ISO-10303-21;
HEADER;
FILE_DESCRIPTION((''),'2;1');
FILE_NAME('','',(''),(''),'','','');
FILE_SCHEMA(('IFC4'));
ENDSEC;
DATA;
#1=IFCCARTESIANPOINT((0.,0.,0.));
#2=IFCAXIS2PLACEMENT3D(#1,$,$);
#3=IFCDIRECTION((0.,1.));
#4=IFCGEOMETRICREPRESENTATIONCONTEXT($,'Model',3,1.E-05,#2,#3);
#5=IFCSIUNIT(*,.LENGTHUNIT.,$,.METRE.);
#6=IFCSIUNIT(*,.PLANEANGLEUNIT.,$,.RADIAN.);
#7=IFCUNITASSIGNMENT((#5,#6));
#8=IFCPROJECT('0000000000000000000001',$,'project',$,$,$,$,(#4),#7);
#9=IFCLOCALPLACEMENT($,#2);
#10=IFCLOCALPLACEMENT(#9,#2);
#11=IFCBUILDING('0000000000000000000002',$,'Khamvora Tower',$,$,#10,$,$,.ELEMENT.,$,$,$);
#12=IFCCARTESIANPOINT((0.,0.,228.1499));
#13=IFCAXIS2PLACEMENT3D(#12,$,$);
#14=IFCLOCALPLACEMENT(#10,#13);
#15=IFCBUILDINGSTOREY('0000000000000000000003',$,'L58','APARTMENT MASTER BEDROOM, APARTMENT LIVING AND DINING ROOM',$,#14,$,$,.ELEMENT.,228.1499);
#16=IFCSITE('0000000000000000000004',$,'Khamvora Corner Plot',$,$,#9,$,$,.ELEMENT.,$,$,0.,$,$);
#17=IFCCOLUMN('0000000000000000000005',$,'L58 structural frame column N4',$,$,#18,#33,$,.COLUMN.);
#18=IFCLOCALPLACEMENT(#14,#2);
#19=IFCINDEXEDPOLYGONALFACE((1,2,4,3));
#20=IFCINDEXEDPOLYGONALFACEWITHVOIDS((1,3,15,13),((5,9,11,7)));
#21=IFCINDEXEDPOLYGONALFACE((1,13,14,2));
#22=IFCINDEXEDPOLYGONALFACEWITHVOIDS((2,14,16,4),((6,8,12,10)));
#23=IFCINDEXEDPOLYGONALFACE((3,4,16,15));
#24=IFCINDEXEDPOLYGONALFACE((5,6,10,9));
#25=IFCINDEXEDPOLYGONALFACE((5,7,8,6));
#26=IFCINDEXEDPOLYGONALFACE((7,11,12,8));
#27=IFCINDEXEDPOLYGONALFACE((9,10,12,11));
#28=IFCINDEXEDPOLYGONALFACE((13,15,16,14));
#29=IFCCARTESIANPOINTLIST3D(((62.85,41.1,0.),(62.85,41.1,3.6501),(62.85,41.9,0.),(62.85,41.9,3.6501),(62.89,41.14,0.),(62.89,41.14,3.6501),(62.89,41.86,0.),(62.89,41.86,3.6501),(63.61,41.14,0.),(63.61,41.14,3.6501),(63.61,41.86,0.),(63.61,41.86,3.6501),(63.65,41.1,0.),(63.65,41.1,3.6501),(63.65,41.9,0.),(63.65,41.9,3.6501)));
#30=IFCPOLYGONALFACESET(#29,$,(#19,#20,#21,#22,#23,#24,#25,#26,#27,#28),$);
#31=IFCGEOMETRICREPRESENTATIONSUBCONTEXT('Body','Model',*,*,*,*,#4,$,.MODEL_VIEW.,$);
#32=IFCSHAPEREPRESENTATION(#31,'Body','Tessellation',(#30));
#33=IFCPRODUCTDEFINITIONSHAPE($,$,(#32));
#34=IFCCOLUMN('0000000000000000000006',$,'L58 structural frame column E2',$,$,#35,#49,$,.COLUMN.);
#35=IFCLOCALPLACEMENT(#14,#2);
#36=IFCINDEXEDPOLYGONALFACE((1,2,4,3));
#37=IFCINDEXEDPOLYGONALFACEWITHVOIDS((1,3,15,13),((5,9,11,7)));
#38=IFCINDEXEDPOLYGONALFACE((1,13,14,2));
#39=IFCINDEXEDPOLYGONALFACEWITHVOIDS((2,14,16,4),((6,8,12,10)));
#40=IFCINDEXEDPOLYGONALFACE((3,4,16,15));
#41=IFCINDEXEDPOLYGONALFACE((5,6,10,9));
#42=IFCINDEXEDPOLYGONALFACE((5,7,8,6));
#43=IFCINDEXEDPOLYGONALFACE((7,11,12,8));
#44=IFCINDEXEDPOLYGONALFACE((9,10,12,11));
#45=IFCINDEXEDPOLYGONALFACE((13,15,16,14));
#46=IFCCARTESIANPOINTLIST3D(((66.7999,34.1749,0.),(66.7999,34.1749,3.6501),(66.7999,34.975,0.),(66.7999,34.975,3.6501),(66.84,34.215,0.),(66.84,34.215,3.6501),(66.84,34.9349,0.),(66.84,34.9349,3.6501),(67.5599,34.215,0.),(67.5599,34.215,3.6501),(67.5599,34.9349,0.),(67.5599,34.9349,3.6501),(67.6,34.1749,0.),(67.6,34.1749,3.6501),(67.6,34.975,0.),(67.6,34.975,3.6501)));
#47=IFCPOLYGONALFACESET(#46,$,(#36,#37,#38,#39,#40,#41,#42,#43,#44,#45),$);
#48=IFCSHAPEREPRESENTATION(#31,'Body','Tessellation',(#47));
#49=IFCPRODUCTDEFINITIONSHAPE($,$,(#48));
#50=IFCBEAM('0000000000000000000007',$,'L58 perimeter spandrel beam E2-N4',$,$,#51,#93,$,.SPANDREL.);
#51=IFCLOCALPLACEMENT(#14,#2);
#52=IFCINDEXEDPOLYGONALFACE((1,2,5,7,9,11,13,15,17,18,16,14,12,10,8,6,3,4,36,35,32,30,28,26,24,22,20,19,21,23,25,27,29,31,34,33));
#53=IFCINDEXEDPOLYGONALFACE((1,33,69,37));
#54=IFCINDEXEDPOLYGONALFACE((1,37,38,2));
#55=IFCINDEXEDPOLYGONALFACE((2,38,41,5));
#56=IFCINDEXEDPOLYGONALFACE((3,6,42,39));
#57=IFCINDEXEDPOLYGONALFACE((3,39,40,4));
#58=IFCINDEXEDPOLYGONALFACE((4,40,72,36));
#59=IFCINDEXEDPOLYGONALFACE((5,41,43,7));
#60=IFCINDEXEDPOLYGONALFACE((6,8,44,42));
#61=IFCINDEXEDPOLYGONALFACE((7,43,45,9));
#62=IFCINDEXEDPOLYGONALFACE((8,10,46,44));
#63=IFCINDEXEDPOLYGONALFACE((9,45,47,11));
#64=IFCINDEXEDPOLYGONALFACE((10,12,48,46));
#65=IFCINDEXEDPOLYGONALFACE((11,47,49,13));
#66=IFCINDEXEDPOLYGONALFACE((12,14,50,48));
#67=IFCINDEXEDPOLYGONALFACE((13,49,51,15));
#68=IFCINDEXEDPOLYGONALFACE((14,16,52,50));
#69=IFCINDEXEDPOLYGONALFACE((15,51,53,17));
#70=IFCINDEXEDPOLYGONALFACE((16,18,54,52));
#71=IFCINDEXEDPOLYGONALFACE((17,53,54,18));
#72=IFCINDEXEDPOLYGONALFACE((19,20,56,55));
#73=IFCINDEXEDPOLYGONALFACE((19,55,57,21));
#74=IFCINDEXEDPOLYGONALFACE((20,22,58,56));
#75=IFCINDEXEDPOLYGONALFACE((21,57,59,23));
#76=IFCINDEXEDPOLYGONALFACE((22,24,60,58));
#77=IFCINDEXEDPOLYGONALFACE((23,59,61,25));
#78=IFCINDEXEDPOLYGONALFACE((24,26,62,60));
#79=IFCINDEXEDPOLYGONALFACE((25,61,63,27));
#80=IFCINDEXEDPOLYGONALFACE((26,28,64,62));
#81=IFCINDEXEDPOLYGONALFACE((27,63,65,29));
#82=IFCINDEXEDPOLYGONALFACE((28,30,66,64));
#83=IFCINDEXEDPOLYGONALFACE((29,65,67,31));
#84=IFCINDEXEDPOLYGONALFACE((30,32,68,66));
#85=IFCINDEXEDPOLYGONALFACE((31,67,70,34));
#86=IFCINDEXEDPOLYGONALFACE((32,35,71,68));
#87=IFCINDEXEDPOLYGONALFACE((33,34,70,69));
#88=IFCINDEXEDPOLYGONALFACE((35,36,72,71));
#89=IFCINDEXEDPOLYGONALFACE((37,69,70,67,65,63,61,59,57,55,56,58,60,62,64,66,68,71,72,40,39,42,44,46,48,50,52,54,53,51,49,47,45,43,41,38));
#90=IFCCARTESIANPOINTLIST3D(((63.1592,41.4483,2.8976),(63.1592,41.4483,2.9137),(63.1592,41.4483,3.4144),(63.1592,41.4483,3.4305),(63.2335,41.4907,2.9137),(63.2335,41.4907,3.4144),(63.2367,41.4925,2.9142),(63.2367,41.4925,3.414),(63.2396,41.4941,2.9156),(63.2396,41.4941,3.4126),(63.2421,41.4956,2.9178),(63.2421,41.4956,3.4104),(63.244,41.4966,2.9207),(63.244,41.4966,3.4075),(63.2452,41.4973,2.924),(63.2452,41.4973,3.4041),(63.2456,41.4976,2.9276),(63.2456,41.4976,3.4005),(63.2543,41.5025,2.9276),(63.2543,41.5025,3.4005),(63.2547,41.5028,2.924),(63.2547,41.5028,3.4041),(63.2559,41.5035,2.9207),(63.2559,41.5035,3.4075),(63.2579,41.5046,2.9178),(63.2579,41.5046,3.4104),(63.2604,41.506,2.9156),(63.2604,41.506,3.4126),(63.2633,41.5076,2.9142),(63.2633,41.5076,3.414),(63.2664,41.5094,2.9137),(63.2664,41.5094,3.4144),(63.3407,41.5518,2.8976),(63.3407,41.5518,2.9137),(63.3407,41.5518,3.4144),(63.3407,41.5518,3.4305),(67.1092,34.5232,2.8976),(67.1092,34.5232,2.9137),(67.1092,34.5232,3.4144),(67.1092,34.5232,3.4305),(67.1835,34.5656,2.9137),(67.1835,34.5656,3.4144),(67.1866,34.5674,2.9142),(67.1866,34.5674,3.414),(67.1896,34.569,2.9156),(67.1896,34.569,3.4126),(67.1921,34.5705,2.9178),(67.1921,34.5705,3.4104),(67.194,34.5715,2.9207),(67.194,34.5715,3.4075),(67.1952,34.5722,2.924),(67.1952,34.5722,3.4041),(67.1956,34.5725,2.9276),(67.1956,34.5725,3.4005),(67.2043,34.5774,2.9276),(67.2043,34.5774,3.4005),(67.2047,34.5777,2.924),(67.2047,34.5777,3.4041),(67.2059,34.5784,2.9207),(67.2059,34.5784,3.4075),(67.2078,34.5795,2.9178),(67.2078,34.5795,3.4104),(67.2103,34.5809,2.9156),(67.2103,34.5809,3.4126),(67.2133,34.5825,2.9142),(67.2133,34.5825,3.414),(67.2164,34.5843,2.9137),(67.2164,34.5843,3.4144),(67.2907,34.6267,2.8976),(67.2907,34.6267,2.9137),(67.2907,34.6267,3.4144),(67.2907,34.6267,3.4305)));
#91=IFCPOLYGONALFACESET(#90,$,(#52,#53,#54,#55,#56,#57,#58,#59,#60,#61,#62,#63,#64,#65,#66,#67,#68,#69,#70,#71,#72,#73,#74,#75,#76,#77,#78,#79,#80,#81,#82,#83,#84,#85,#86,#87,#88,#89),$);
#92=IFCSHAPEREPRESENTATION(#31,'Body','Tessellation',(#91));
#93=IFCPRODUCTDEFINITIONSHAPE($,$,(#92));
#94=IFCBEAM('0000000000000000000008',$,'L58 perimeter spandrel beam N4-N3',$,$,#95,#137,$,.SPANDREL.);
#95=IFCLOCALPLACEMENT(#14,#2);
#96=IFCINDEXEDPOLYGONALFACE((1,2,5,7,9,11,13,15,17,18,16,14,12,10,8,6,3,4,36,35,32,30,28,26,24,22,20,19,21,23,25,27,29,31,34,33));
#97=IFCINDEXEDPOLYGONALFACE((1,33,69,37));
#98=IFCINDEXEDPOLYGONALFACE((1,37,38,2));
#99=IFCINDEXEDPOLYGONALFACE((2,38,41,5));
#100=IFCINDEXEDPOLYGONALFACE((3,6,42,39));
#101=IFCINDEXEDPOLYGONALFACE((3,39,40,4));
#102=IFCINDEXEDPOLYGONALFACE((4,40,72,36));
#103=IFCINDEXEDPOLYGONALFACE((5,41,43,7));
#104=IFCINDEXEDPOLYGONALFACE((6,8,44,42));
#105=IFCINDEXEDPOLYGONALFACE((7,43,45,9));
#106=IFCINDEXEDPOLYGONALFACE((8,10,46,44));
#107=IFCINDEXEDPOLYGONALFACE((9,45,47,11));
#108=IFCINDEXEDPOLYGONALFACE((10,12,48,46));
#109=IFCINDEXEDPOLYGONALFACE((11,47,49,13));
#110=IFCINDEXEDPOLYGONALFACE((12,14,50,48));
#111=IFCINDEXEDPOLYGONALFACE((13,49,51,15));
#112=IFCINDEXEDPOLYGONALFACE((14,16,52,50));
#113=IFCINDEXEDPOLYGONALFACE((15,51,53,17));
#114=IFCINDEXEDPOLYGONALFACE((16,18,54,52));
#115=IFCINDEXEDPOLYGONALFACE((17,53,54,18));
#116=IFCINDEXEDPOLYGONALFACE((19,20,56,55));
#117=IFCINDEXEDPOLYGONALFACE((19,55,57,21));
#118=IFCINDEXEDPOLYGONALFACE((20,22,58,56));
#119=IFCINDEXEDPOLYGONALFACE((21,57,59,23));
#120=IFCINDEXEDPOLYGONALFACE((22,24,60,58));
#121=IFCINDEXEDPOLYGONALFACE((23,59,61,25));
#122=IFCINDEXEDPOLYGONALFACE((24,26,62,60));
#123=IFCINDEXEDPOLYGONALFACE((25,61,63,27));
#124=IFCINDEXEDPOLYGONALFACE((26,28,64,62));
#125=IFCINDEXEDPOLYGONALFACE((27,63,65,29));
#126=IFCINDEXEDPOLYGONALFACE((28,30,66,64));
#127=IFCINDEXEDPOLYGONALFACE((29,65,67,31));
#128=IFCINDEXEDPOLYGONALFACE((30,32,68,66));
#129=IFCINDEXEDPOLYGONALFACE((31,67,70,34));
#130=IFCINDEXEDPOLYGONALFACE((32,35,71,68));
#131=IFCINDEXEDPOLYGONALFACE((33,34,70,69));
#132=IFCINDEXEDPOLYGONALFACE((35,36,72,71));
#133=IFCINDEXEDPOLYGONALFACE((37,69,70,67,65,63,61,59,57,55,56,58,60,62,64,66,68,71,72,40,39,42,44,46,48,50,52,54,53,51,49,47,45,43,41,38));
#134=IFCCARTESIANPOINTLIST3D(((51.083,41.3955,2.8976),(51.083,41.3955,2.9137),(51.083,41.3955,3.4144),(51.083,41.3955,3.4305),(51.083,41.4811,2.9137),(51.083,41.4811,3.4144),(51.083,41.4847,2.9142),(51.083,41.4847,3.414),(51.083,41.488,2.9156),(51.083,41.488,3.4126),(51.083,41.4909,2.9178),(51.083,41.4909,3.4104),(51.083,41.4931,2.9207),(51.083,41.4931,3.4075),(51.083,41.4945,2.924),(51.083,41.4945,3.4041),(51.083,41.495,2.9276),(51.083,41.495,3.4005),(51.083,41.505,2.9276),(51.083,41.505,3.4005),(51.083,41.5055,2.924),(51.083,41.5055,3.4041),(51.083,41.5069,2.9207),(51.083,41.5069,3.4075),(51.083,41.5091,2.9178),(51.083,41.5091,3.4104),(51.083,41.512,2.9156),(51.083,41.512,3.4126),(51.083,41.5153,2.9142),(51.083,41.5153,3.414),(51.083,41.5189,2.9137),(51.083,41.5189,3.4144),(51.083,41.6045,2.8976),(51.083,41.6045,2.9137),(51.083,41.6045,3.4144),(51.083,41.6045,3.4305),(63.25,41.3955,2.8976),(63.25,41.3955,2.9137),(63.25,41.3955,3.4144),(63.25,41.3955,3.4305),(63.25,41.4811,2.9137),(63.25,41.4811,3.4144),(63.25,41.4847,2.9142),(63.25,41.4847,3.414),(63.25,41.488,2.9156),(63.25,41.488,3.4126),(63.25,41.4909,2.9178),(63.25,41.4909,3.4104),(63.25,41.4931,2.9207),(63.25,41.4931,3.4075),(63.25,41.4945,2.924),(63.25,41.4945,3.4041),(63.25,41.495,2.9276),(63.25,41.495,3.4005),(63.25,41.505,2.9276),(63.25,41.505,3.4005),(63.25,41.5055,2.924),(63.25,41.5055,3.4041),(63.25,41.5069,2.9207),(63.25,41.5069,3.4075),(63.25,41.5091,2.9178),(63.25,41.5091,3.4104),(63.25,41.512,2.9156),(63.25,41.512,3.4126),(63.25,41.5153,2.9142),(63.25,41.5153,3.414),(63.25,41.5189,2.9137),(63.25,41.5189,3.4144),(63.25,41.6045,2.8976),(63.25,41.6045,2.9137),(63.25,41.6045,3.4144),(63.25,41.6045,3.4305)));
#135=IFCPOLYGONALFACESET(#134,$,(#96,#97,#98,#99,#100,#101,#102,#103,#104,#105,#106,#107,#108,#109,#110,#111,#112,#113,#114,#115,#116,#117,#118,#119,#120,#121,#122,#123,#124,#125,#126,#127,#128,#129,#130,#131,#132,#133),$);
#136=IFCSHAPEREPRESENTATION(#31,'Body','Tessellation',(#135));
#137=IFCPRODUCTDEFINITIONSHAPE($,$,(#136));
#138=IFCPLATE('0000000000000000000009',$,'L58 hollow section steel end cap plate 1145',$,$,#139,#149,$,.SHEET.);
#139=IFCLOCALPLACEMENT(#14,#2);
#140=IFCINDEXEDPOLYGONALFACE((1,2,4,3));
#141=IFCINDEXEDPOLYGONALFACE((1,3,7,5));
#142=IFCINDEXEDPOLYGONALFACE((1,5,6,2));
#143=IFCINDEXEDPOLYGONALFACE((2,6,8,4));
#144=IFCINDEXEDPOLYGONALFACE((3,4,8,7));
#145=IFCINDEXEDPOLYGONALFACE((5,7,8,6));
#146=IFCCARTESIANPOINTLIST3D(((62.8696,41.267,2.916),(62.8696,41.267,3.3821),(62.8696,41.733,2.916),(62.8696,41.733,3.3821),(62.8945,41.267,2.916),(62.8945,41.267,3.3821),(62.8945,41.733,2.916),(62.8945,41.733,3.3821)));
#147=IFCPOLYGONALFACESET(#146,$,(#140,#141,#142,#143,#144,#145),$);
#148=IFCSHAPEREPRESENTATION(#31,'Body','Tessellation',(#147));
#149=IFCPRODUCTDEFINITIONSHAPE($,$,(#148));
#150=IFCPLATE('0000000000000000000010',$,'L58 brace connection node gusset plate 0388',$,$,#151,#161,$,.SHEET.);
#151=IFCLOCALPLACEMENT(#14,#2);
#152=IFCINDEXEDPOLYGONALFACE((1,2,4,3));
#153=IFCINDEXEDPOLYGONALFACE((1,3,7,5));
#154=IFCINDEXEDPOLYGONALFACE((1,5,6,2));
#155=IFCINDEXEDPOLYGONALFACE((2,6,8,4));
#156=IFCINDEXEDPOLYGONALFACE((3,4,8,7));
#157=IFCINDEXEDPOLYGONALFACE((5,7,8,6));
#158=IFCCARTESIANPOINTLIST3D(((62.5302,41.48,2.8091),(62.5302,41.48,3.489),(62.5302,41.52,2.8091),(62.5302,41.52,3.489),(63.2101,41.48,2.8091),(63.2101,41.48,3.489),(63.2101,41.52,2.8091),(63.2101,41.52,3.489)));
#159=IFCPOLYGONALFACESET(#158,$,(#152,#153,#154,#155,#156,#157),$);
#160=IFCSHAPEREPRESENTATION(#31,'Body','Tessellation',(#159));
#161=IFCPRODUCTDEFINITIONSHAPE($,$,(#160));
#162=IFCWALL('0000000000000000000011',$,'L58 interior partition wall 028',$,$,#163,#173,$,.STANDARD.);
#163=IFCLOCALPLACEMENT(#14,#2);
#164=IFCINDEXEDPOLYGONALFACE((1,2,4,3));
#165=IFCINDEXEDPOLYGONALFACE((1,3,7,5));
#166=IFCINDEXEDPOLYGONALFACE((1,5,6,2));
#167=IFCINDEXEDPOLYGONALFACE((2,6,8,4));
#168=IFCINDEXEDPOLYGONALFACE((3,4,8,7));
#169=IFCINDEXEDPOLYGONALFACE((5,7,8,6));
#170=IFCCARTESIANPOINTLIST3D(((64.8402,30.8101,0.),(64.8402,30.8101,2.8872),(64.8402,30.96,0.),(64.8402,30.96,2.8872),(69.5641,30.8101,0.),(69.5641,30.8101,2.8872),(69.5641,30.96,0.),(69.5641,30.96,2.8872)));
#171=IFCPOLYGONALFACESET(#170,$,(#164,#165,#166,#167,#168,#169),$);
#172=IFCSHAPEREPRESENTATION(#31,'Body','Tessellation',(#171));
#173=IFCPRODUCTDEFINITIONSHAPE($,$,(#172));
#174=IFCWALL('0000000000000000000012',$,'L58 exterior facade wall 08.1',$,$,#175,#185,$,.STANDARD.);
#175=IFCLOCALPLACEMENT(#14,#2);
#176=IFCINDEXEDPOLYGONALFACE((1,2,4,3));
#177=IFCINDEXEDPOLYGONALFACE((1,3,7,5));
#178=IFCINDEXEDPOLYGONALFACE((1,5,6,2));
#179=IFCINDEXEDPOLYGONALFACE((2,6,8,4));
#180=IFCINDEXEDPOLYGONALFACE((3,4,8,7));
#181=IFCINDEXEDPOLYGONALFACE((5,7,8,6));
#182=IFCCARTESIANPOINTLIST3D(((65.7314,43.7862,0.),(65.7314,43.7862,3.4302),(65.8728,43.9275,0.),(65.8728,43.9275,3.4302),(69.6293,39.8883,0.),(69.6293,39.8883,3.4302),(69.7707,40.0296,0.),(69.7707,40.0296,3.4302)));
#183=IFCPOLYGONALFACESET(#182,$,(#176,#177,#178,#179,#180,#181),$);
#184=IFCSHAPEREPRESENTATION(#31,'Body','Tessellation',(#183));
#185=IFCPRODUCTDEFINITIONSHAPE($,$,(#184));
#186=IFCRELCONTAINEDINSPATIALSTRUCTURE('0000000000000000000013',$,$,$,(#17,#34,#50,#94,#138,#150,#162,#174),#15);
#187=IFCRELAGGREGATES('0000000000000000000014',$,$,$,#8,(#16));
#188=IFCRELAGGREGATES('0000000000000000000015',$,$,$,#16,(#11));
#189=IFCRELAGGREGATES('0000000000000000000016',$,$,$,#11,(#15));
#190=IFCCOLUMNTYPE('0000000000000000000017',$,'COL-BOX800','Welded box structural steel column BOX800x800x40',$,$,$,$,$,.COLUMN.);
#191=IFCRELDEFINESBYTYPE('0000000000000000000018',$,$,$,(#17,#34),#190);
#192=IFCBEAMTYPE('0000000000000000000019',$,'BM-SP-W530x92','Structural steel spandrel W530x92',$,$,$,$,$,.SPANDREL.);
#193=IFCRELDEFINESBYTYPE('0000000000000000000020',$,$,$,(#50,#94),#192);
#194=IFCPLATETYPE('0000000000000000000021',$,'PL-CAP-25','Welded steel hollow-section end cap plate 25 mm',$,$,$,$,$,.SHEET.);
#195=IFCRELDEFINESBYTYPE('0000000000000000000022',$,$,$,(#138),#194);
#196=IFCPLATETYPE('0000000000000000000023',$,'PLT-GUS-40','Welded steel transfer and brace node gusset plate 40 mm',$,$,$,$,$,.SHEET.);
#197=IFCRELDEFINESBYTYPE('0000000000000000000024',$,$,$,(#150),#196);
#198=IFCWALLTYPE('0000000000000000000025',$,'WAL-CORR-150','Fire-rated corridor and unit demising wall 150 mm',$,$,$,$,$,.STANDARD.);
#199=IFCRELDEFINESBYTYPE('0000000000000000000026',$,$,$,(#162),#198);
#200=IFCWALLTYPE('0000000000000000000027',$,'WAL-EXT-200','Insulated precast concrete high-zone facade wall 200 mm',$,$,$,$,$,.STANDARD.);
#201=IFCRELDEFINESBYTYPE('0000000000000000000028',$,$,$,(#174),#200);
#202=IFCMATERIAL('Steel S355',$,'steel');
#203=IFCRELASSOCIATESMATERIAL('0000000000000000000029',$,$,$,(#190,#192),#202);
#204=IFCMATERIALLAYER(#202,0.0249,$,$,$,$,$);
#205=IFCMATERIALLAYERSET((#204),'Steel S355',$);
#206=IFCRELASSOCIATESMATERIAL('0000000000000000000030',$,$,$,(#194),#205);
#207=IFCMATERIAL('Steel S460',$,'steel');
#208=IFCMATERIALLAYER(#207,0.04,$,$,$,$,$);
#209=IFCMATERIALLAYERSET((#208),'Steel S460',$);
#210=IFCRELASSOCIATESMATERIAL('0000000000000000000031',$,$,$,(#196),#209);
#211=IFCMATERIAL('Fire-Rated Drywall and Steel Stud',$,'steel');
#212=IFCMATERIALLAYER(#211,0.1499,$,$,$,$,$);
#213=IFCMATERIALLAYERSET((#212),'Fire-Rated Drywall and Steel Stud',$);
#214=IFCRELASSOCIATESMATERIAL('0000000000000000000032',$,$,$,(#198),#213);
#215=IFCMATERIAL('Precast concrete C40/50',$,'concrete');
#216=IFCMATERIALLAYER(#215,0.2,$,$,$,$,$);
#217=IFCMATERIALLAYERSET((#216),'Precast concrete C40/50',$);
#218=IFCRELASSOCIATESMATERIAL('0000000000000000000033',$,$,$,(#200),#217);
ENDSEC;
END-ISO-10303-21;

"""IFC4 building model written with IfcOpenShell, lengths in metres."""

from ifc_helpers import new_model, si_unit, direction, frame, frame_2d, origin, origin_2d, place, context, subcontext, project, spatial, rectangle, hollow_rectangle, i_section, extrude, material, layer, layer_set, material_profile, profile_set, type_object, element, save


model = new_model("IFC4")

# Units and contexts
model_context = context("Model", 3, precision=1e-05, world=origin(), true_north=direction((0.0, 1.0)))
body_context = subcontext(model_context, "Body", "Model", "MODEL_VIEW")
ifc_project = project(units=[si_unit("LENGTHUNIT", "METRE"), si_unit("PLANEANGLEUNIT", "RADIAN")], contexts=[model_context])

# Site, building, storey
site_placement = place(None, origin())
site = spatial("IfcSite", under=ifc_project, at=site_placement, Name="Khamvora Corner Plot", CompositionType="ELEMENT", RefElevation=0.0)
building_placement = place(site_placement, origin())
building = spatial("IfcBuilding", under=site, at=building_placement, Name="Khamvora Tower", CompositionType="ELEMENT")
storey_placement = place(building_placement, frame((0.0, 0.0, 228.1499)))
storey = spatial("IfcBuildingStorey", under=building, at=storey_placement, Name="L58", Description="APARTMENT MASTER BEDROOM, APARTMENT LIVING AND DINING ROOM", CompositionType="ELEMENT", Elevation=228.1499)

# Columns
ifc_material_1 = material(Name="Steel S355", Category="steel")
ifc_material_profile_1 = material_profile(ifc_material_1, hollow_rectangle(XDim=0.8, YDim=0.8, WallThickness=0.04, at=origin_2d()), Name="BOX800x800x40")
ifc_profile_set_1 = profile_set([ifc_material_profile_1], Name="Steel S355")
column_type = type_object("IfcColumnType", Name="COL-BOX800", Description="Welded box structural steel column BOX800x800x40", PredefinedType="COLUMN", material=ifc_profile_set_1)
for number, where, z_axis, x_axis, name in (
    (1, (63.25, 41.5, 0.0), (0.0, 0.0, 1.0), (1.0, 0.0, 0.0), "L58 structural frame column N4"),
    (2, (67.2, 34.575, 0.0), (0.0, 0.0, 1.0), (1.0, 0.0, 0.0), "L58 structural frame column E2"),
):
    element("IfcColumn", number, at=place(storey_placement, frame(where, z_axis=z_axis, x_axis=x_axis)), inside=storey, type_object=column_type, Name=name, PredefinedType="COLUMN", context=body_context, shape_type="SweptSolid", body=[
        extrude(hollow_rectangle(XDim=0.8, YDim=0.8, WallThickness=0.04, at=origin_2d()), origin(), (0.0, 0.0, 1.0), 3.6501),
    ])

# Beams
ifc_material_profile_2 = material_profile(ifc_material_1, i_section(OverallWidth=0.209, OverallDepth=0.533, WebThickness=0.01, FlangeThickness=0.0161, FilletRadius=0.0139, at=origin_2d()), Name="W530x92")
ifc_profile_set_2 = profile_set([ifc_material_profile_2], Name="Steel S355")
beam_type = type_object("IfcBeamType", Name="BM-SP-W530x92", Description="Structural steel spandrel W530x92", PredefinedType="SPANDREL", material=ifc_profile_set_2)
beam_1_placement = place(storey_placement, frame((67.2, 34.575, 3.1641), z_axis=(-0.495456, 0.868633, 0.0), x_axis=(-0.868633, -0.495456, 0.0)))
element("IfcBeam", 3, at=beam_1_placement, inside=storey, type_object=beam_type, Name="L58 perimeter spandrel beam E2-N4", PredefinedType="SPANDREL", context=body_context, shape_type="SweptSolid", body=[
    extrude(i_section(OverallWidth=0.209, OverallDepth=0.533, WebThickness=0.01, FlangeThickness=0.0161, FilletRadius=0.0139, at=origin_2d()), origin(), (0.0, 0.0, 1.0), 7.9724),
])
beam_2_placement = place(storey_placement, frame((63.25, 41.5, 3.1641), z_axis=(-1.0, 0.0, 0.0), x_axis=(0.0, -1.0, 0.0)))
element("IfcBeam", 4, at=beam_2_placement, inside=storey, type_object=beam_type, Name="L58 perimeter spandrel beam N4-N3", PredefinedType="SPANDREL", context=body_context, shape_type="SweptSolid", body=[
    extrude(i_section(OverallWidth=0.209, OverallDepth=0.533, WebThickness=0.01, FlangeThickness=0.0161, FilletRadius=0.0139, at=origin_2d()), origin(), (0.0, 0.0, 1.0), 12.167),
])

# Plates
ifc_layer_1 = layer(ifc_material_1, 0.0249)
ifc_layer_set_1 = layer_set([ifc_layer_1], Name="Steel S355")
plate_type_1 = type_object("IfcPlateType", Name="PL-CAP-25", Description="Welded steel hollow-section end cap plate 25 mm", PredefinedType="SHEET", material=ifc_layer_set_1)
plate_1_placement = place(storey_placement, frame((62.8821, 41.5, 2.916), z_axis=(0.0, 0.0, 1.0), x_axis=(1.0, 0.0, 0.0)))
element("IfcPlate", 5, at=plate_1_placement, inside=storey, type_object=plate_type_1, Name="L58 hollow section steel end cap plate 1145", PredefinedType="SHEET", context=body_context, shape_type="SweptSolid", body=[
    extrude(rectangle(XDim=0.0249, YDim=0.4661, at=origin_2d()), origin(), (0.0, 0.0, 1.0), 0.4661),
])
ifc_material_2 = material(Name="Steel S460", Category="steel")
ifc_layer_2 = layer(ifc_material_2, 0.04)
ifc_layer_set_2 = layer_set([ifc_layer_2], Name="Steel S460")
plate_type_2 = type_object("IfcPlateType", Name="PLT-GUS-40", Description="Welded steel transfer and brace node gusset plate 40 mm", PredefinedType="SHEET", material=ifc_layer_set_2)
plate_2_placement = place(storey_placement, frame((62.8701, 41.5, 2.8091), z_axis=(0.0, 0.0, 1.0), x_axis=(1.0, 0.0, 0.0)))
element("IfcPlate", 6, at=plate_2_placement, inside=storey, type_object=plate_type_2, Name="L58 brace connection node gusset plate 0388", PredefinedType="SHEET", context=body_context, shape_type="SweptSolid", body=[
    extrude(rectangle(XDim=0.6799, YDim=0.04, at=origin_2d()), origin(), (0.0, 0.0, 1.0), 0.6799),
])

# Shared definitions
ifc_material_3 = material(Name="Fire-Rated Drywall and Steel Stud", Category="steel")
ifc_layer_3 = layer(ifc_material_3, 0.1499)
ifc_layer_set_3 = layer_set([ifc_layer_3], Name="Fire-Rated Drywall and Steel Stud")
wall_type_1 = type_object("IfcWallType", Name="WAL-CORR-150", Description="Fire-rated corridor and unit demising wall 150 mm", PredefinedType="STANDARD", material=ifc_layer_set_3)

# Walls
wall_1_placement = place(storey_placement, frame((69.564, 30.885, 0.0), z_axis=(0.0, 0.0, 1.0), x_axis=(-1.0, 0.0, 0.0)))
element("IfcWall", 7, at=wall_1_placement, inside=storey, type_object=wall_type_1, Name="L58 interior partition wall 028", PredefinedType="STANDARD", context=body_context, shape_type="SweptSolid", body=[
    extrude(rectangle(XDim=4.7239, YDim=0.1499, at=frame_2d((2.3618, 0.0))), origin(), (0.0, 0.0, 1.0), 2.8872),
])
ifc_material_4 = material(Name="Precast concrete C40/50", Category="concrete")
ifc_layer_4 = layer(ifc_material_4, 0.2)
ifc_layer_set_4 = layer_set([ifc_layer_4], Name="Precast concrete C40/50")
wall_type_2 = type_object("IfcWallType", Name="WAL-EXT-200", Description="Insulated precast concrete high-zone facade wall 200 mm", PredefinedType="STANDARD", material=ifc_layer_set_4)
wall_2_placement = place(storey_placement, frame((65.802, 43.8569, 0.0), z_axis=(0.0, 0.0, 1.0), x_axis=(0.707107, -0.707107, 0.0)))
element("IfcWall", 8, at=wall_2_placement, inside=storey, type_object=wall_type_2, Name="L58 exterior facade wall 08.1", PredefinedType="STANDARD", context=body_context, shape_type="SweptSolid", body=[
    extrude(rectangle(XDim=5.5125, YDim=0.2, at=frame_2d((2.7563, 0.0))), origin(), (0.0, 0.0, 1.0), 3.4302),
])

save(model, "model.ifc")
